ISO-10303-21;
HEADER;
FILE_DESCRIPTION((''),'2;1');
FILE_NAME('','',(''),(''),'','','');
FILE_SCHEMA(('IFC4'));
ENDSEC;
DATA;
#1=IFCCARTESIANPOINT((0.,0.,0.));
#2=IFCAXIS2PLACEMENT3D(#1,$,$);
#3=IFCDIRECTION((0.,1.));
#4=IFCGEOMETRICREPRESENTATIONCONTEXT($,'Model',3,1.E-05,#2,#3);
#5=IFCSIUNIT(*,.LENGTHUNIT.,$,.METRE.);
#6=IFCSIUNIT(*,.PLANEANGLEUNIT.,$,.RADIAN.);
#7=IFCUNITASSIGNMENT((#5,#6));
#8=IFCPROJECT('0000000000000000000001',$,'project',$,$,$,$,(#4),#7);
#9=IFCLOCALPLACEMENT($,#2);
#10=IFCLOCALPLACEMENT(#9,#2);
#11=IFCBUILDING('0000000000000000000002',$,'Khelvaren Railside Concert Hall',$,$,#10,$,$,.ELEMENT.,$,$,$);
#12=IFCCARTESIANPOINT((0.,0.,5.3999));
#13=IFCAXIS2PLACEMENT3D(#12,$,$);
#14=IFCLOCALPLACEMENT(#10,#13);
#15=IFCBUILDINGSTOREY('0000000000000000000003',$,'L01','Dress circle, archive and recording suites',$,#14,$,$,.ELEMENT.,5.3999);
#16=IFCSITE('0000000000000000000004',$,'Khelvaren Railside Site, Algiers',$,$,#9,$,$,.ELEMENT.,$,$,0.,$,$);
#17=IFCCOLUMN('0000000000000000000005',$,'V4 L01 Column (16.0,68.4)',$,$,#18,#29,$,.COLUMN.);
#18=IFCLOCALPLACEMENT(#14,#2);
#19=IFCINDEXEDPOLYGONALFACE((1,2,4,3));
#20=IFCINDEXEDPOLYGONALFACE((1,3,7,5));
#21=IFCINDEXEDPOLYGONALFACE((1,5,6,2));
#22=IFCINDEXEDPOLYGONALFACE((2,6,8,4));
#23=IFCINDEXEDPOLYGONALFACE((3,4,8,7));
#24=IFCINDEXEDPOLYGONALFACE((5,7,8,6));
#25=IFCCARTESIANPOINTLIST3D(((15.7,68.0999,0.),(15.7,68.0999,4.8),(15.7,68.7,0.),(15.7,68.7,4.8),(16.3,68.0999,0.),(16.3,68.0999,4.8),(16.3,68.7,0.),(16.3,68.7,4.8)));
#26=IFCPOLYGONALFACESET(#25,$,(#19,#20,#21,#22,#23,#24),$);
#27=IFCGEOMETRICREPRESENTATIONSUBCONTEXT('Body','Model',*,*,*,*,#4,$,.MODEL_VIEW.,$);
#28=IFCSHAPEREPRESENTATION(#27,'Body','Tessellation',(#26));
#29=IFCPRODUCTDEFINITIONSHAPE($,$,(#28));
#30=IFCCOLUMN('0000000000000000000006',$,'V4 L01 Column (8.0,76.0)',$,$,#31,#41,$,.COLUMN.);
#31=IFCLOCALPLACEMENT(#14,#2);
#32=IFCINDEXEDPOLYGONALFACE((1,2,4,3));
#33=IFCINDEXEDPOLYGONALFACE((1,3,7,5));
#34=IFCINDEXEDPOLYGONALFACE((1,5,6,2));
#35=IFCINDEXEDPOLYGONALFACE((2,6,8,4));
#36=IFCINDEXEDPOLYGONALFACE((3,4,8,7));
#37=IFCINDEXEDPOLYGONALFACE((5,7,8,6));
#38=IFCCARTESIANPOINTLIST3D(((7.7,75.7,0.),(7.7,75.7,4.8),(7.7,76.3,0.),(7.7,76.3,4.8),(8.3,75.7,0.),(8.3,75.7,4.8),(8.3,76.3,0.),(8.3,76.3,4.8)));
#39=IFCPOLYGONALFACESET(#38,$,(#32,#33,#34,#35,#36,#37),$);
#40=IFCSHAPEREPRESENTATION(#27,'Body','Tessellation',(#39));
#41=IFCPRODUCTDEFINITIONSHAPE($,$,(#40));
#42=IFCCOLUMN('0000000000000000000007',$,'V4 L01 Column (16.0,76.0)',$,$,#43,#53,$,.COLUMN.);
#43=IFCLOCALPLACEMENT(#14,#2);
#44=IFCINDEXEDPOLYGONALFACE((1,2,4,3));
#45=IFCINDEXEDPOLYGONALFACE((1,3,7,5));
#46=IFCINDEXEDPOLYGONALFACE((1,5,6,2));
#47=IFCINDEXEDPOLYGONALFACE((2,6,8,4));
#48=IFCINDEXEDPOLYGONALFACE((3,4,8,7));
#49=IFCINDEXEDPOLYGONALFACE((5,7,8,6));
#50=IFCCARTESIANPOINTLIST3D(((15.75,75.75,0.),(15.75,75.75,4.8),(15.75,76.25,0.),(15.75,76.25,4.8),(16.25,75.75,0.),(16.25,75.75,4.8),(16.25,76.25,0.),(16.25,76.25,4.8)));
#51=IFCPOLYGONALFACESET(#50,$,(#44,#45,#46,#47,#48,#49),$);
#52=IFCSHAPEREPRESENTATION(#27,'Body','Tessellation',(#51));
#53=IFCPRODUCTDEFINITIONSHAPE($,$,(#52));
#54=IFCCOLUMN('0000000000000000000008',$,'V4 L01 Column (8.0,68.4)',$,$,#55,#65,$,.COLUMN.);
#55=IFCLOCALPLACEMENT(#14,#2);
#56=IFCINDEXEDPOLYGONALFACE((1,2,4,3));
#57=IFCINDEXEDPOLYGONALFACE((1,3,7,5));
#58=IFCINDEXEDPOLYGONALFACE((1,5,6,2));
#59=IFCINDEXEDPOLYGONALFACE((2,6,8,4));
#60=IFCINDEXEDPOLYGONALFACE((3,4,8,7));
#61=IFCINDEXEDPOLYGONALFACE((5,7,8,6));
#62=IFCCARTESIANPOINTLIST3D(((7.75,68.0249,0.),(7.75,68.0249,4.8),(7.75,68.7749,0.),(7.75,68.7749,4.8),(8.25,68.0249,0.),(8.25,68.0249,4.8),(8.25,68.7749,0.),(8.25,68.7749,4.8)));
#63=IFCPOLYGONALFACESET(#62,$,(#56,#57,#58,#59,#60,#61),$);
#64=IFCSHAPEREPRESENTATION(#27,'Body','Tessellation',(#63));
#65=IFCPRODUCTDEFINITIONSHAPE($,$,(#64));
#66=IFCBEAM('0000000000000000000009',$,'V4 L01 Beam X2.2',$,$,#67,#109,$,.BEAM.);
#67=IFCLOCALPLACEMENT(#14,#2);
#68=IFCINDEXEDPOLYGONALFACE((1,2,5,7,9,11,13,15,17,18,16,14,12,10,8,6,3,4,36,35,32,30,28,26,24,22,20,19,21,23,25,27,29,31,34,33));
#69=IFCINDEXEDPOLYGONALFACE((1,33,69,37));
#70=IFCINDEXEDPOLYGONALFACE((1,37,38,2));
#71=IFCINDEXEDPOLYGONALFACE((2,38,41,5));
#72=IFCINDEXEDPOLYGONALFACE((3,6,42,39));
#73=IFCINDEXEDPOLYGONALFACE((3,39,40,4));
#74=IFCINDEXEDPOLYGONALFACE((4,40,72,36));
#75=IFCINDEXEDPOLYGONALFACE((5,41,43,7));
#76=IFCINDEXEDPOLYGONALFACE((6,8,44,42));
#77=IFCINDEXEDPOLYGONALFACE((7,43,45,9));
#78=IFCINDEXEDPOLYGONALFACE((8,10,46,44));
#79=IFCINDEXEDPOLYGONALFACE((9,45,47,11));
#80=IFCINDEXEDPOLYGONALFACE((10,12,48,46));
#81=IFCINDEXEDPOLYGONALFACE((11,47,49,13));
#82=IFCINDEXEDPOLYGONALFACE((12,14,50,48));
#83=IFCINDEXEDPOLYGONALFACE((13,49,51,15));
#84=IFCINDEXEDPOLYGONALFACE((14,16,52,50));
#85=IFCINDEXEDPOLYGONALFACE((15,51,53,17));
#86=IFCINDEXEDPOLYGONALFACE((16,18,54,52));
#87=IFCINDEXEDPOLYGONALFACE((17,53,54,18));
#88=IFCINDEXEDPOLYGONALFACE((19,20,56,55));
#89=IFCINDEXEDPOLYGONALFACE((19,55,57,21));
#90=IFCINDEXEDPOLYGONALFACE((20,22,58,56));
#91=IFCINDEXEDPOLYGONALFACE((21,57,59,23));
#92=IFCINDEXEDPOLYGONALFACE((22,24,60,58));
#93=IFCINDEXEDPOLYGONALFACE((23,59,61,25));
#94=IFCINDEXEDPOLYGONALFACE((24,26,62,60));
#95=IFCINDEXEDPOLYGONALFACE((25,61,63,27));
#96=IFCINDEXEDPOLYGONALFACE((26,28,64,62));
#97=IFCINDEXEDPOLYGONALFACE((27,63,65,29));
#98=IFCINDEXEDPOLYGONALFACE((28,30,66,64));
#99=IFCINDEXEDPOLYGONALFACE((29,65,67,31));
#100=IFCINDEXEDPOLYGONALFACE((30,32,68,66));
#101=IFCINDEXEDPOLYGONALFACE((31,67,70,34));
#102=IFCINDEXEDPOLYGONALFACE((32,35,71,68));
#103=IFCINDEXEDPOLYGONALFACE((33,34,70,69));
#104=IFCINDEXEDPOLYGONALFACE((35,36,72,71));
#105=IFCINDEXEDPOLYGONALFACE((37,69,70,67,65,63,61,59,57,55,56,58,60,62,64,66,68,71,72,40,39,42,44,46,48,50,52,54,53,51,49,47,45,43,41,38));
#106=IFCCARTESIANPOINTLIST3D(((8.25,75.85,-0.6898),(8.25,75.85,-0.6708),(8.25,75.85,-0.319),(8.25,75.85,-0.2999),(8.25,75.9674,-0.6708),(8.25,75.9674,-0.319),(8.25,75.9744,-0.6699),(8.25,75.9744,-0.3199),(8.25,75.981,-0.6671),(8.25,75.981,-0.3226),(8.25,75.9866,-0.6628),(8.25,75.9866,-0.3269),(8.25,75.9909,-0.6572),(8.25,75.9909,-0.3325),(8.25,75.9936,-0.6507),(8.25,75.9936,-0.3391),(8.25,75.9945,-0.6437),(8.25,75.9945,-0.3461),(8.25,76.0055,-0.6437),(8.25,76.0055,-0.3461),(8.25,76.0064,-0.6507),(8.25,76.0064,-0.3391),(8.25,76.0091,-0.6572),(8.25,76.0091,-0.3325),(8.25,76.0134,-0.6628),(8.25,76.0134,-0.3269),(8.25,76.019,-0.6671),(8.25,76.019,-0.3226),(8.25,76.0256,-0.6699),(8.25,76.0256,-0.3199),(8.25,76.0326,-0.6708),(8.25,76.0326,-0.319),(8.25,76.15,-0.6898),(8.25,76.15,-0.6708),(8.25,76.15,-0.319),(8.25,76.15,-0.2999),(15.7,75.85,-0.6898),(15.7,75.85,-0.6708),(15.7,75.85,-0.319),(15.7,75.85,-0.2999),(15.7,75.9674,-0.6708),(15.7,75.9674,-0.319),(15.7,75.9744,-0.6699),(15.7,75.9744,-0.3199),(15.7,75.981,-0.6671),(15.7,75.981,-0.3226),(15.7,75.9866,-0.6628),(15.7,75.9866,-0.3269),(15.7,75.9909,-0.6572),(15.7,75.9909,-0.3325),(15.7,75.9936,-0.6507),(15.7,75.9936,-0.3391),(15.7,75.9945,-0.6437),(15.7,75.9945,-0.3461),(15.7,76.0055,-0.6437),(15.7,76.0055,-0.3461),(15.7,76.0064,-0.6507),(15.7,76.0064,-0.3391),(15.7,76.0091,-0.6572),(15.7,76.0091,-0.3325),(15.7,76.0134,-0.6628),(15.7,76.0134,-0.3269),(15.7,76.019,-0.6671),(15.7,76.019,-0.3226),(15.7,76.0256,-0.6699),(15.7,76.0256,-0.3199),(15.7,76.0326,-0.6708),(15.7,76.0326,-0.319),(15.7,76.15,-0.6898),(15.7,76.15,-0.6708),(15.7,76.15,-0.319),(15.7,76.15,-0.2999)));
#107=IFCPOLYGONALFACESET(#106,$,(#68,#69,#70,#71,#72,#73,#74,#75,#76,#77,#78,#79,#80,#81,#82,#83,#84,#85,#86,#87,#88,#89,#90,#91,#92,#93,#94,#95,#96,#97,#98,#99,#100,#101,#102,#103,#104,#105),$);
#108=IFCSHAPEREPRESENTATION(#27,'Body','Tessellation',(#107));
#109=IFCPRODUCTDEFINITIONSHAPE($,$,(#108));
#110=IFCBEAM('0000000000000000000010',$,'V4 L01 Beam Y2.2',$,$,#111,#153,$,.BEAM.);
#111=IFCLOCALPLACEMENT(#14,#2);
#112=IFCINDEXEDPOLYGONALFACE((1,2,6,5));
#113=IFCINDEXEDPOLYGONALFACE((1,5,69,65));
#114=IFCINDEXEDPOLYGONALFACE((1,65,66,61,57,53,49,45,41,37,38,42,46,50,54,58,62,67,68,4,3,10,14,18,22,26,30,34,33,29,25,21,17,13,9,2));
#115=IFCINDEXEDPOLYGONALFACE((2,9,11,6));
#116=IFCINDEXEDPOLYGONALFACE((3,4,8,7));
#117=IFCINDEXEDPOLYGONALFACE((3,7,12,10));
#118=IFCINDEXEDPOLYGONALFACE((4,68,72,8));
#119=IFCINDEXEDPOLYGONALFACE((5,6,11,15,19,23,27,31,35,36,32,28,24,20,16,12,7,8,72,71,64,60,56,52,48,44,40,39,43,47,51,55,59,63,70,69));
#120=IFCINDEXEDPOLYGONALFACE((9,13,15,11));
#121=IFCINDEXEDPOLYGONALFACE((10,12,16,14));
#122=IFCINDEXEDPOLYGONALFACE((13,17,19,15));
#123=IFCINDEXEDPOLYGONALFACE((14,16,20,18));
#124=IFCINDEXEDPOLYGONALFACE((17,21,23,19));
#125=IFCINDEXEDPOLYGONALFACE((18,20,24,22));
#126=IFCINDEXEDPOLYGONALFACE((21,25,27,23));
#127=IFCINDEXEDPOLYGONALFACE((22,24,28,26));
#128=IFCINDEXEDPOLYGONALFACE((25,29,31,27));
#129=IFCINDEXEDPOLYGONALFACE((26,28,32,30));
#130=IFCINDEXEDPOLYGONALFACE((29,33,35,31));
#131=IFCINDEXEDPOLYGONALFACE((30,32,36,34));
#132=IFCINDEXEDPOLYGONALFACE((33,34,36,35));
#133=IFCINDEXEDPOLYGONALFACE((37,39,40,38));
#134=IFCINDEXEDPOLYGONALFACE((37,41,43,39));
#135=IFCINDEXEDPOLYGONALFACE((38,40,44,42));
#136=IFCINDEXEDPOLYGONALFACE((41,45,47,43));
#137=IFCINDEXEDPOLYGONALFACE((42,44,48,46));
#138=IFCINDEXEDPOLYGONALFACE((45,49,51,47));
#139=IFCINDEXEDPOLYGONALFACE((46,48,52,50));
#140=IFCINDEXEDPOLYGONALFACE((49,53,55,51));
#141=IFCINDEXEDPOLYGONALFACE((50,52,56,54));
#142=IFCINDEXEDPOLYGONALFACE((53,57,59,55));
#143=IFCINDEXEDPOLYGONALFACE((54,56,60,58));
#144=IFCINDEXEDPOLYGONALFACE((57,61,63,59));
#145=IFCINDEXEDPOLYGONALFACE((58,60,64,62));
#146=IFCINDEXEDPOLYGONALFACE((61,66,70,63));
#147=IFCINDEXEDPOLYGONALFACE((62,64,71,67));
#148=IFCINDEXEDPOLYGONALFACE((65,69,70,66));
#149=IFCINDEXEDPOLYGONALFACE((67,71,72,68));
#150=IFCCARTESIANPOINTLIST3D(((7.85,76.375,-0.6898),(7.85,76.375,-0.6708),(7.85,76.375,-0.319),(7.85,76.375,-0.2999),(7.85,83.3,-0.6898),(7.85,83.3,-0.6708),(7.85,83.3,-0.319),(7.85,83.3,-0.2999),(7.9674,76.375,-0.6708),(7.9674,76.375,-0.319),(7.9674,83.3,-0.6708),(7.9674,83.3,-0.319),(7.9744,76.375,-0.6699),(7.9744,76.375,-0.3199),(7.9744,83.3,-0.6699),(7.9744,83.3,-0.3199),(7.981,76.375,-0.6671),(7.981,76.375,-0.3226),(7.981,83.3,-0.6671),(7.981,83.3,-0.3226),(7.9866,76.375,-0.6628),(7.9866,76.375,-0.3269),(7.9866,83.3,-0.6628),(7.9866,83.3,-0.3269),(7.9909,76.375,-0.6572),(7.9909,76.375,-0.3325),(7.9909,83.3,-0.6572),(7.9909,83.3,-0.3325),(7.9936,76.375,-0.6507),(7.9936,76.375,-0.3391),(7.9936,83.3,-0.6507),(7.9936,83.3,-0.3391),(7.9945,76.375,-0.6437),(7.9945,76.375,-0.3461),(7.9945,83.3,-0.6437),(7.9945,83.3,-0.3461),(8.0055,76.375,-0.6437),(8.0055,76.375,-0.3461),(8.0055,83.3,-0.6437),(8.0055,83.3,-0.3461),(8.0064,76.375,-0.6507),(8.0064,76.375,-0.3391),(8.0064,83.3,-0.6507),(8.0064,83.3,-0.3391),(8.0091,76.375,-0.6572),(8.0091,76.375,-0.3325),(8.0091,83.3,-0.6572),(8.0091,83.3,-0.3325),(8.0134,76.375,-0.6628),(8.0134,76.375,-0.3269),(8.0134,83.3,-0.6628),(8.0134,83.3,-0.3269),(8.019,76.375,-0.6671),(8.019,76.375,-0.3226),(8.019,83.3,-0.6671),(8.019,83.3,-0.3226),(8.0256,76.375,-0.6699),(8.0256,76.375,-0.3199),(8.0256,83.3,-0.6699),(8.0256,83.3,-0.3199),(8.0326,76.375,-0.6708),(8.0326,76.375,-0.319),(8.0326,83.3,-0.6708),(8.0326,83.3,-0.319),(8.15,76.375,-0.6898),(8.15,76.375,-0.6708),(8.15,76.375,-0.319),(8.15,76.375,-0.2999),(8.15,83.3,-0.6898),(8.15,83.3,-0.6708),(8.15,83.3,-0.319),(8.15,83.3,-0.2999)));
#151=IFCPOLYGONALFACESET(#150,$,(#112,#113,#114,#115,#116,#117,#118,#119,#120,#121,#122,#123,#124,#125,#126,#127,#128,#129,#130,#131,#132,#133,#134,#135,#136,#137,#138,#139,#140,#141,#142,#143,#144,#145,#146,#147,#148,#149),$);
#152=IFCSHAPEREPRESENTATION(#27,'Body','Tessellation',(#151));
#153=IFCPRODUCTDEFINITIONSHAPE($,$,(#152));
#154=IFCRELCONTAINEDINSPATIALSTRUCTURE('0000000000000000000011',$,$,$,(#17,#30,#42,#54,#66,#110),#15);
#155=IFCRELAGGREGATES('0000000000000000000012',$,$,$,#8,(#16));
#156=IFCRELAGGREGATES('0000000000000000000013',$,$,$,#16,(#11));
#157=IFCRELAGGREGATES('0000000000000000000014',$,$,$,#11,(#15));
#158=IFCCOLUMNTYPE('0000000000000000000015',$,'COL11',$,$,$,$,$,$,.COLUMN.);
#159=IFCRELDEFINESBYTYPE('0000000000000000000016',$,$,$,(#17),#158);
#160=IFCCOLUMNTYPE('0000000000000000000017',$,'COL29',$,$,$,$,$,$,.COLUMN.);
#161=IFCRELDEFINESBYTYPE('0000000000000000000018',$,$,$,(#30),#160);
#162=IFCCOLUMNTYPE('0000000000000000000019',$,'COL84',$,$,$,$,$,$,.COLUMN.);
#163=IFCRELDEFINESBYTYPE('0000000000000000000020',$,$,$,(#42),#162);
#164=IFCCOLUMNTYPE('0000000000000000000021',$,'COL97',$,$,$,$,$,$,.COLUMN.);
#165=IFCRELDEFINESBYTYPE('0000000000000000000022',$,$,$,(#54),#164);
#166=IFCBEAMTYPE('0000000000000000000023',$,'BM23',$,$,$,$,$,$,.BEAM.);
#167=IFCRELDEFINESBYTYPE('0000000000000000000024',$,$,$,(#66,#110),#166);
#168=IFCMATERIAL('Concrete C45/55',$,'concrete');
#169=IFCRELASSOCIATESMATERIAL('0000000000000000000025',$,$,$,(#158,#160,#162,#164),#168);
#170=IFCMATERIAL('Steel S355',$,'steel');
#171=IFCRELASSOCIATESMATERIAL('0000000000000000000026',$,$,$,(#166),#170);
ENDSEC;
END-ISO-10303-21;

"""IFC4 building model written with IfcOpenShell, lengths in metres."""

from ifc_helpers import new_model, si_unit, direction, frame, origin, origin_2d, place, context, subcontext, project, spatial, rectangle, i_section, extrude, material, material_profile, profile_set, type_object, element, save


model = new_model("IFC4")

# Units and contexts
model_context = context("Model", 3, precision=1e-05, world=origin(), true_north=direction((0.0, 1.0)))
body_context = subcontext(model_context, "Body", "Model", "MODEL_VIEW")
ifc_project = project(units=[si_unit("LENGTHUNIT", "METRE"), si_unit("PLANEANGLEUNIT", "RADIAN")], contexts=[model_context])

# Site, building, storey
site_placement = place(None, origin())
site = spatial("IfcSite", under=ifc_project, at=site_placement, Name="Khelvaren Railside Site, Algiers", CompositionType="ELEMENT", RefElevation=0.0)
building_placement = place(site_placement, origin())
building = spatial("IfcBuilding", under=site, at=building_placement, Name="Khelvaren Railside Concert Hall", CompositionType="ELEMENT")
storey_placement = place(building_placement, frame((0.0, 0.0, 5.3999)))
storey = spatial("IfcBuildingStorey", under=building, at=storey_placement, Name="L01", Description="Dress circle, archive and recording suites", CompositionType="ELEMENT", Elevation=5.3999)

# Columns
ifc_material_1 = material(Name="Concrete C45/55", Category="concrete")
ifc_material_profile_1 = material_profile(ifc_material_1, rectangle(XDim=0.6001, YDim=0.6001, at=origin_2d()), Name="RC 600x600")
ifc_profile_set_1 = profile_set([ifc_material_profile_1], Name="Concrete C45/55")
column_type_1 = type_object("IfcColumnType", Name="COL11", PredefinedType="COLUMN", material=ifc_profile_set_1)
column_1_placement = place(storey_placement, frame((16.0, 68.3999, 0.0), z_axis=(0.0, 0.0, 1.0), x_axis=(1.0, 0.0, 0.0)))
element("IfcColumn", 1, at=column_1_placement, inside=storey, type_object=column_type_1, Name="V4 L01 Column (16.0,68.4)", PredefinedType="COLUMN", context=body_context, shape_type="SweptSolid", body=[
    extrude(rectangle(XDim=0.6001, YDim=0.6001, at=origin_2d()), origin(), (0.0, 0.0, 1.0), 4.8),
])
ifc_material_profile_2 = material_profile(ifc_material_1, rectangle(XDim=0.6001, YDim=0.6001, at=origin_2d()), Name="RC 600x600")
ifc_profile_set_2 = profile_set([ifc_material_profile_2], Name="Concrete C45/55")
column_type_2 = type_object("IfcColumnType", Name="COL29", PredefinedType="COLUMN", material=ifc_profile_set_2)
column_2_placement = place(storey_placement, frame((8.0, 76.0, 0.0), z_axis=(0.0, 0.0, 1.0), x_axis=(1.0, 0.0, 0.0)))
element("IfcColumn", 2, at=column_2_placement, inside=storey, type_object=column_type_2, Name="V4 L01 Column (8.0,76.0)", PredefinedType="COLUMN", context=body_context, shape_type="SweptSolid", body=[
    extrude(rectangle(XDim=0.6001, YDim=0.6001, at=origin_2d()), origin(), (0.0, 0.0, 1.0), 4.8),
])
ifc_material_profile_3 = material_profile(ifc_material_1, rectangle(XDim=0.5, YDim=0.5, at=origin_2d()), Name="RC 500x500")
ifc_profile_set_3 = profile_set([ifc_material_profile_3], Name="Concrete C45/55")
column_type_3 = type_object("IfcColumnType", Name="COL84", PredefinedType="COLUMN", material=ifc_profile_set_3)
column_3_placement = place(storey_placement, frame((16.0, 76.0, 0.0), z_axis=(0.0, 0.0, 1.0), x_axis=(1.0, 0.0, 0.0)))
element("IfcColumn", 3, at=column_3_placement, inside=storey, type_object=column_type_3, Name="V4 L01 Column (16.0,76.0)", PredefinedType="COLUMN", context=body_context, shape_type="SweptSolid", body=[
    extrude(rectangle(XDim=0.5, YDim=0.5, at=origin_2d()), origin(), (0.0, 0.0, 1.0), 4.8),
])
ifc_material_profile_4 = material_profile(ifc_material_1, rectangle(XDim=0.5, YDim=0.75, at=origin_2d()), Name="RC 500x750")
ifc_profile_set_4 = profile_set([ifc_material_profile_4], Name="Concrete C45/55")
column_type_4 = type_object("IfcColumnType", Name="COL97", PredefinedType="COLUMN", material=ifc_profile_set_4)
column_4_placement = place(storey_placement, frame((8.0, 68.3999, 0.0), z_axis=(0.0, 0.0, 1.0), x_axis=(1.0, 0.0, 0.0)))
element("IfcColumn", 4, at=column_4_placement, inside=storey, type_object=column_type_4, Name="V4 L01 Column (8.0,68.4)", PredefinedType="COLUMN", context=body_context, shape_type="SweptSolid", body=[
    extrude(rectangle(XDim=0.5, YDim=0.75, at=origin_2d()), origin(), (0.0, 0.0, 1.0), 4.8),
])

# Beams
ifc_material_2 = material(Name="Steel S355", Category="steel")
ifc_material_profile_5 = material_profile(ifc_material_2, i_section(OverallWidth=0.3, OverallDepth=0.3899, WebThickness=0.011, FlangeThickness=0.019, FilletRadius=0.0271, at=origin_2d()), Name="HEA 400")
ifc_profile_set_5 = profile_set([ifc_material_profile_5], Name="Steel S355")
beam_type_1 = type_object("IfcBeamType", Name="BM23", PredefinedType="BEAM", material=ifc_profile_set_5)
beam_1_placement = place(storey_placement, frame((8.25, 76.0, -0.4949), z_axis=(1.0, 0.0, 0.0), x_axis=(0.0, 1.0, 0.0)))
element("IfcBeam", 5, at=beam_1_placement, inside=storey, type_object=beam_type_1, Name="V4 L01 Beam X2.2", PredefinedType="BEAM", context=body_context, shape_type="SweptSolid", body=[
    extrude(i_section(OverallWidth=0.3, OverallDepth=0.3899, WebThickness=0.011, FlangeThickness=0.019, FilletRadius=0.0271, at=origin_2d()), origin(), (0.0, 0.0, 1.0), 7.45),
])
for number, where, z_axis, x_axis, name in (
    (6, (8.0, 76.375, -0.4949), (0.0, 1.0, 0.0), (-1.0, 0.0, 0.0), "V4 L01 Beam Y2.2"),
):
    element("IfcBeam", number, at=place(storey_placement, frame(where, z_axis=z_axis, x_axis=x_axis)), inside=storey, type_object=beam_type_1, Name=name, PredefinedType="BEAM", context=body_context, shape_type="SweptSolid", body=[
        extrude(i_section(OverallWidth=0.3, OverallDepth=0.3899, WebThickness=0.011, FlangeThickness=0.019, FilletRadius=0.0271, at=origin_2d()), origin(), (0.0, 0.0, 1.0), 6.925),
    ])

save(model, "model.ifc")
